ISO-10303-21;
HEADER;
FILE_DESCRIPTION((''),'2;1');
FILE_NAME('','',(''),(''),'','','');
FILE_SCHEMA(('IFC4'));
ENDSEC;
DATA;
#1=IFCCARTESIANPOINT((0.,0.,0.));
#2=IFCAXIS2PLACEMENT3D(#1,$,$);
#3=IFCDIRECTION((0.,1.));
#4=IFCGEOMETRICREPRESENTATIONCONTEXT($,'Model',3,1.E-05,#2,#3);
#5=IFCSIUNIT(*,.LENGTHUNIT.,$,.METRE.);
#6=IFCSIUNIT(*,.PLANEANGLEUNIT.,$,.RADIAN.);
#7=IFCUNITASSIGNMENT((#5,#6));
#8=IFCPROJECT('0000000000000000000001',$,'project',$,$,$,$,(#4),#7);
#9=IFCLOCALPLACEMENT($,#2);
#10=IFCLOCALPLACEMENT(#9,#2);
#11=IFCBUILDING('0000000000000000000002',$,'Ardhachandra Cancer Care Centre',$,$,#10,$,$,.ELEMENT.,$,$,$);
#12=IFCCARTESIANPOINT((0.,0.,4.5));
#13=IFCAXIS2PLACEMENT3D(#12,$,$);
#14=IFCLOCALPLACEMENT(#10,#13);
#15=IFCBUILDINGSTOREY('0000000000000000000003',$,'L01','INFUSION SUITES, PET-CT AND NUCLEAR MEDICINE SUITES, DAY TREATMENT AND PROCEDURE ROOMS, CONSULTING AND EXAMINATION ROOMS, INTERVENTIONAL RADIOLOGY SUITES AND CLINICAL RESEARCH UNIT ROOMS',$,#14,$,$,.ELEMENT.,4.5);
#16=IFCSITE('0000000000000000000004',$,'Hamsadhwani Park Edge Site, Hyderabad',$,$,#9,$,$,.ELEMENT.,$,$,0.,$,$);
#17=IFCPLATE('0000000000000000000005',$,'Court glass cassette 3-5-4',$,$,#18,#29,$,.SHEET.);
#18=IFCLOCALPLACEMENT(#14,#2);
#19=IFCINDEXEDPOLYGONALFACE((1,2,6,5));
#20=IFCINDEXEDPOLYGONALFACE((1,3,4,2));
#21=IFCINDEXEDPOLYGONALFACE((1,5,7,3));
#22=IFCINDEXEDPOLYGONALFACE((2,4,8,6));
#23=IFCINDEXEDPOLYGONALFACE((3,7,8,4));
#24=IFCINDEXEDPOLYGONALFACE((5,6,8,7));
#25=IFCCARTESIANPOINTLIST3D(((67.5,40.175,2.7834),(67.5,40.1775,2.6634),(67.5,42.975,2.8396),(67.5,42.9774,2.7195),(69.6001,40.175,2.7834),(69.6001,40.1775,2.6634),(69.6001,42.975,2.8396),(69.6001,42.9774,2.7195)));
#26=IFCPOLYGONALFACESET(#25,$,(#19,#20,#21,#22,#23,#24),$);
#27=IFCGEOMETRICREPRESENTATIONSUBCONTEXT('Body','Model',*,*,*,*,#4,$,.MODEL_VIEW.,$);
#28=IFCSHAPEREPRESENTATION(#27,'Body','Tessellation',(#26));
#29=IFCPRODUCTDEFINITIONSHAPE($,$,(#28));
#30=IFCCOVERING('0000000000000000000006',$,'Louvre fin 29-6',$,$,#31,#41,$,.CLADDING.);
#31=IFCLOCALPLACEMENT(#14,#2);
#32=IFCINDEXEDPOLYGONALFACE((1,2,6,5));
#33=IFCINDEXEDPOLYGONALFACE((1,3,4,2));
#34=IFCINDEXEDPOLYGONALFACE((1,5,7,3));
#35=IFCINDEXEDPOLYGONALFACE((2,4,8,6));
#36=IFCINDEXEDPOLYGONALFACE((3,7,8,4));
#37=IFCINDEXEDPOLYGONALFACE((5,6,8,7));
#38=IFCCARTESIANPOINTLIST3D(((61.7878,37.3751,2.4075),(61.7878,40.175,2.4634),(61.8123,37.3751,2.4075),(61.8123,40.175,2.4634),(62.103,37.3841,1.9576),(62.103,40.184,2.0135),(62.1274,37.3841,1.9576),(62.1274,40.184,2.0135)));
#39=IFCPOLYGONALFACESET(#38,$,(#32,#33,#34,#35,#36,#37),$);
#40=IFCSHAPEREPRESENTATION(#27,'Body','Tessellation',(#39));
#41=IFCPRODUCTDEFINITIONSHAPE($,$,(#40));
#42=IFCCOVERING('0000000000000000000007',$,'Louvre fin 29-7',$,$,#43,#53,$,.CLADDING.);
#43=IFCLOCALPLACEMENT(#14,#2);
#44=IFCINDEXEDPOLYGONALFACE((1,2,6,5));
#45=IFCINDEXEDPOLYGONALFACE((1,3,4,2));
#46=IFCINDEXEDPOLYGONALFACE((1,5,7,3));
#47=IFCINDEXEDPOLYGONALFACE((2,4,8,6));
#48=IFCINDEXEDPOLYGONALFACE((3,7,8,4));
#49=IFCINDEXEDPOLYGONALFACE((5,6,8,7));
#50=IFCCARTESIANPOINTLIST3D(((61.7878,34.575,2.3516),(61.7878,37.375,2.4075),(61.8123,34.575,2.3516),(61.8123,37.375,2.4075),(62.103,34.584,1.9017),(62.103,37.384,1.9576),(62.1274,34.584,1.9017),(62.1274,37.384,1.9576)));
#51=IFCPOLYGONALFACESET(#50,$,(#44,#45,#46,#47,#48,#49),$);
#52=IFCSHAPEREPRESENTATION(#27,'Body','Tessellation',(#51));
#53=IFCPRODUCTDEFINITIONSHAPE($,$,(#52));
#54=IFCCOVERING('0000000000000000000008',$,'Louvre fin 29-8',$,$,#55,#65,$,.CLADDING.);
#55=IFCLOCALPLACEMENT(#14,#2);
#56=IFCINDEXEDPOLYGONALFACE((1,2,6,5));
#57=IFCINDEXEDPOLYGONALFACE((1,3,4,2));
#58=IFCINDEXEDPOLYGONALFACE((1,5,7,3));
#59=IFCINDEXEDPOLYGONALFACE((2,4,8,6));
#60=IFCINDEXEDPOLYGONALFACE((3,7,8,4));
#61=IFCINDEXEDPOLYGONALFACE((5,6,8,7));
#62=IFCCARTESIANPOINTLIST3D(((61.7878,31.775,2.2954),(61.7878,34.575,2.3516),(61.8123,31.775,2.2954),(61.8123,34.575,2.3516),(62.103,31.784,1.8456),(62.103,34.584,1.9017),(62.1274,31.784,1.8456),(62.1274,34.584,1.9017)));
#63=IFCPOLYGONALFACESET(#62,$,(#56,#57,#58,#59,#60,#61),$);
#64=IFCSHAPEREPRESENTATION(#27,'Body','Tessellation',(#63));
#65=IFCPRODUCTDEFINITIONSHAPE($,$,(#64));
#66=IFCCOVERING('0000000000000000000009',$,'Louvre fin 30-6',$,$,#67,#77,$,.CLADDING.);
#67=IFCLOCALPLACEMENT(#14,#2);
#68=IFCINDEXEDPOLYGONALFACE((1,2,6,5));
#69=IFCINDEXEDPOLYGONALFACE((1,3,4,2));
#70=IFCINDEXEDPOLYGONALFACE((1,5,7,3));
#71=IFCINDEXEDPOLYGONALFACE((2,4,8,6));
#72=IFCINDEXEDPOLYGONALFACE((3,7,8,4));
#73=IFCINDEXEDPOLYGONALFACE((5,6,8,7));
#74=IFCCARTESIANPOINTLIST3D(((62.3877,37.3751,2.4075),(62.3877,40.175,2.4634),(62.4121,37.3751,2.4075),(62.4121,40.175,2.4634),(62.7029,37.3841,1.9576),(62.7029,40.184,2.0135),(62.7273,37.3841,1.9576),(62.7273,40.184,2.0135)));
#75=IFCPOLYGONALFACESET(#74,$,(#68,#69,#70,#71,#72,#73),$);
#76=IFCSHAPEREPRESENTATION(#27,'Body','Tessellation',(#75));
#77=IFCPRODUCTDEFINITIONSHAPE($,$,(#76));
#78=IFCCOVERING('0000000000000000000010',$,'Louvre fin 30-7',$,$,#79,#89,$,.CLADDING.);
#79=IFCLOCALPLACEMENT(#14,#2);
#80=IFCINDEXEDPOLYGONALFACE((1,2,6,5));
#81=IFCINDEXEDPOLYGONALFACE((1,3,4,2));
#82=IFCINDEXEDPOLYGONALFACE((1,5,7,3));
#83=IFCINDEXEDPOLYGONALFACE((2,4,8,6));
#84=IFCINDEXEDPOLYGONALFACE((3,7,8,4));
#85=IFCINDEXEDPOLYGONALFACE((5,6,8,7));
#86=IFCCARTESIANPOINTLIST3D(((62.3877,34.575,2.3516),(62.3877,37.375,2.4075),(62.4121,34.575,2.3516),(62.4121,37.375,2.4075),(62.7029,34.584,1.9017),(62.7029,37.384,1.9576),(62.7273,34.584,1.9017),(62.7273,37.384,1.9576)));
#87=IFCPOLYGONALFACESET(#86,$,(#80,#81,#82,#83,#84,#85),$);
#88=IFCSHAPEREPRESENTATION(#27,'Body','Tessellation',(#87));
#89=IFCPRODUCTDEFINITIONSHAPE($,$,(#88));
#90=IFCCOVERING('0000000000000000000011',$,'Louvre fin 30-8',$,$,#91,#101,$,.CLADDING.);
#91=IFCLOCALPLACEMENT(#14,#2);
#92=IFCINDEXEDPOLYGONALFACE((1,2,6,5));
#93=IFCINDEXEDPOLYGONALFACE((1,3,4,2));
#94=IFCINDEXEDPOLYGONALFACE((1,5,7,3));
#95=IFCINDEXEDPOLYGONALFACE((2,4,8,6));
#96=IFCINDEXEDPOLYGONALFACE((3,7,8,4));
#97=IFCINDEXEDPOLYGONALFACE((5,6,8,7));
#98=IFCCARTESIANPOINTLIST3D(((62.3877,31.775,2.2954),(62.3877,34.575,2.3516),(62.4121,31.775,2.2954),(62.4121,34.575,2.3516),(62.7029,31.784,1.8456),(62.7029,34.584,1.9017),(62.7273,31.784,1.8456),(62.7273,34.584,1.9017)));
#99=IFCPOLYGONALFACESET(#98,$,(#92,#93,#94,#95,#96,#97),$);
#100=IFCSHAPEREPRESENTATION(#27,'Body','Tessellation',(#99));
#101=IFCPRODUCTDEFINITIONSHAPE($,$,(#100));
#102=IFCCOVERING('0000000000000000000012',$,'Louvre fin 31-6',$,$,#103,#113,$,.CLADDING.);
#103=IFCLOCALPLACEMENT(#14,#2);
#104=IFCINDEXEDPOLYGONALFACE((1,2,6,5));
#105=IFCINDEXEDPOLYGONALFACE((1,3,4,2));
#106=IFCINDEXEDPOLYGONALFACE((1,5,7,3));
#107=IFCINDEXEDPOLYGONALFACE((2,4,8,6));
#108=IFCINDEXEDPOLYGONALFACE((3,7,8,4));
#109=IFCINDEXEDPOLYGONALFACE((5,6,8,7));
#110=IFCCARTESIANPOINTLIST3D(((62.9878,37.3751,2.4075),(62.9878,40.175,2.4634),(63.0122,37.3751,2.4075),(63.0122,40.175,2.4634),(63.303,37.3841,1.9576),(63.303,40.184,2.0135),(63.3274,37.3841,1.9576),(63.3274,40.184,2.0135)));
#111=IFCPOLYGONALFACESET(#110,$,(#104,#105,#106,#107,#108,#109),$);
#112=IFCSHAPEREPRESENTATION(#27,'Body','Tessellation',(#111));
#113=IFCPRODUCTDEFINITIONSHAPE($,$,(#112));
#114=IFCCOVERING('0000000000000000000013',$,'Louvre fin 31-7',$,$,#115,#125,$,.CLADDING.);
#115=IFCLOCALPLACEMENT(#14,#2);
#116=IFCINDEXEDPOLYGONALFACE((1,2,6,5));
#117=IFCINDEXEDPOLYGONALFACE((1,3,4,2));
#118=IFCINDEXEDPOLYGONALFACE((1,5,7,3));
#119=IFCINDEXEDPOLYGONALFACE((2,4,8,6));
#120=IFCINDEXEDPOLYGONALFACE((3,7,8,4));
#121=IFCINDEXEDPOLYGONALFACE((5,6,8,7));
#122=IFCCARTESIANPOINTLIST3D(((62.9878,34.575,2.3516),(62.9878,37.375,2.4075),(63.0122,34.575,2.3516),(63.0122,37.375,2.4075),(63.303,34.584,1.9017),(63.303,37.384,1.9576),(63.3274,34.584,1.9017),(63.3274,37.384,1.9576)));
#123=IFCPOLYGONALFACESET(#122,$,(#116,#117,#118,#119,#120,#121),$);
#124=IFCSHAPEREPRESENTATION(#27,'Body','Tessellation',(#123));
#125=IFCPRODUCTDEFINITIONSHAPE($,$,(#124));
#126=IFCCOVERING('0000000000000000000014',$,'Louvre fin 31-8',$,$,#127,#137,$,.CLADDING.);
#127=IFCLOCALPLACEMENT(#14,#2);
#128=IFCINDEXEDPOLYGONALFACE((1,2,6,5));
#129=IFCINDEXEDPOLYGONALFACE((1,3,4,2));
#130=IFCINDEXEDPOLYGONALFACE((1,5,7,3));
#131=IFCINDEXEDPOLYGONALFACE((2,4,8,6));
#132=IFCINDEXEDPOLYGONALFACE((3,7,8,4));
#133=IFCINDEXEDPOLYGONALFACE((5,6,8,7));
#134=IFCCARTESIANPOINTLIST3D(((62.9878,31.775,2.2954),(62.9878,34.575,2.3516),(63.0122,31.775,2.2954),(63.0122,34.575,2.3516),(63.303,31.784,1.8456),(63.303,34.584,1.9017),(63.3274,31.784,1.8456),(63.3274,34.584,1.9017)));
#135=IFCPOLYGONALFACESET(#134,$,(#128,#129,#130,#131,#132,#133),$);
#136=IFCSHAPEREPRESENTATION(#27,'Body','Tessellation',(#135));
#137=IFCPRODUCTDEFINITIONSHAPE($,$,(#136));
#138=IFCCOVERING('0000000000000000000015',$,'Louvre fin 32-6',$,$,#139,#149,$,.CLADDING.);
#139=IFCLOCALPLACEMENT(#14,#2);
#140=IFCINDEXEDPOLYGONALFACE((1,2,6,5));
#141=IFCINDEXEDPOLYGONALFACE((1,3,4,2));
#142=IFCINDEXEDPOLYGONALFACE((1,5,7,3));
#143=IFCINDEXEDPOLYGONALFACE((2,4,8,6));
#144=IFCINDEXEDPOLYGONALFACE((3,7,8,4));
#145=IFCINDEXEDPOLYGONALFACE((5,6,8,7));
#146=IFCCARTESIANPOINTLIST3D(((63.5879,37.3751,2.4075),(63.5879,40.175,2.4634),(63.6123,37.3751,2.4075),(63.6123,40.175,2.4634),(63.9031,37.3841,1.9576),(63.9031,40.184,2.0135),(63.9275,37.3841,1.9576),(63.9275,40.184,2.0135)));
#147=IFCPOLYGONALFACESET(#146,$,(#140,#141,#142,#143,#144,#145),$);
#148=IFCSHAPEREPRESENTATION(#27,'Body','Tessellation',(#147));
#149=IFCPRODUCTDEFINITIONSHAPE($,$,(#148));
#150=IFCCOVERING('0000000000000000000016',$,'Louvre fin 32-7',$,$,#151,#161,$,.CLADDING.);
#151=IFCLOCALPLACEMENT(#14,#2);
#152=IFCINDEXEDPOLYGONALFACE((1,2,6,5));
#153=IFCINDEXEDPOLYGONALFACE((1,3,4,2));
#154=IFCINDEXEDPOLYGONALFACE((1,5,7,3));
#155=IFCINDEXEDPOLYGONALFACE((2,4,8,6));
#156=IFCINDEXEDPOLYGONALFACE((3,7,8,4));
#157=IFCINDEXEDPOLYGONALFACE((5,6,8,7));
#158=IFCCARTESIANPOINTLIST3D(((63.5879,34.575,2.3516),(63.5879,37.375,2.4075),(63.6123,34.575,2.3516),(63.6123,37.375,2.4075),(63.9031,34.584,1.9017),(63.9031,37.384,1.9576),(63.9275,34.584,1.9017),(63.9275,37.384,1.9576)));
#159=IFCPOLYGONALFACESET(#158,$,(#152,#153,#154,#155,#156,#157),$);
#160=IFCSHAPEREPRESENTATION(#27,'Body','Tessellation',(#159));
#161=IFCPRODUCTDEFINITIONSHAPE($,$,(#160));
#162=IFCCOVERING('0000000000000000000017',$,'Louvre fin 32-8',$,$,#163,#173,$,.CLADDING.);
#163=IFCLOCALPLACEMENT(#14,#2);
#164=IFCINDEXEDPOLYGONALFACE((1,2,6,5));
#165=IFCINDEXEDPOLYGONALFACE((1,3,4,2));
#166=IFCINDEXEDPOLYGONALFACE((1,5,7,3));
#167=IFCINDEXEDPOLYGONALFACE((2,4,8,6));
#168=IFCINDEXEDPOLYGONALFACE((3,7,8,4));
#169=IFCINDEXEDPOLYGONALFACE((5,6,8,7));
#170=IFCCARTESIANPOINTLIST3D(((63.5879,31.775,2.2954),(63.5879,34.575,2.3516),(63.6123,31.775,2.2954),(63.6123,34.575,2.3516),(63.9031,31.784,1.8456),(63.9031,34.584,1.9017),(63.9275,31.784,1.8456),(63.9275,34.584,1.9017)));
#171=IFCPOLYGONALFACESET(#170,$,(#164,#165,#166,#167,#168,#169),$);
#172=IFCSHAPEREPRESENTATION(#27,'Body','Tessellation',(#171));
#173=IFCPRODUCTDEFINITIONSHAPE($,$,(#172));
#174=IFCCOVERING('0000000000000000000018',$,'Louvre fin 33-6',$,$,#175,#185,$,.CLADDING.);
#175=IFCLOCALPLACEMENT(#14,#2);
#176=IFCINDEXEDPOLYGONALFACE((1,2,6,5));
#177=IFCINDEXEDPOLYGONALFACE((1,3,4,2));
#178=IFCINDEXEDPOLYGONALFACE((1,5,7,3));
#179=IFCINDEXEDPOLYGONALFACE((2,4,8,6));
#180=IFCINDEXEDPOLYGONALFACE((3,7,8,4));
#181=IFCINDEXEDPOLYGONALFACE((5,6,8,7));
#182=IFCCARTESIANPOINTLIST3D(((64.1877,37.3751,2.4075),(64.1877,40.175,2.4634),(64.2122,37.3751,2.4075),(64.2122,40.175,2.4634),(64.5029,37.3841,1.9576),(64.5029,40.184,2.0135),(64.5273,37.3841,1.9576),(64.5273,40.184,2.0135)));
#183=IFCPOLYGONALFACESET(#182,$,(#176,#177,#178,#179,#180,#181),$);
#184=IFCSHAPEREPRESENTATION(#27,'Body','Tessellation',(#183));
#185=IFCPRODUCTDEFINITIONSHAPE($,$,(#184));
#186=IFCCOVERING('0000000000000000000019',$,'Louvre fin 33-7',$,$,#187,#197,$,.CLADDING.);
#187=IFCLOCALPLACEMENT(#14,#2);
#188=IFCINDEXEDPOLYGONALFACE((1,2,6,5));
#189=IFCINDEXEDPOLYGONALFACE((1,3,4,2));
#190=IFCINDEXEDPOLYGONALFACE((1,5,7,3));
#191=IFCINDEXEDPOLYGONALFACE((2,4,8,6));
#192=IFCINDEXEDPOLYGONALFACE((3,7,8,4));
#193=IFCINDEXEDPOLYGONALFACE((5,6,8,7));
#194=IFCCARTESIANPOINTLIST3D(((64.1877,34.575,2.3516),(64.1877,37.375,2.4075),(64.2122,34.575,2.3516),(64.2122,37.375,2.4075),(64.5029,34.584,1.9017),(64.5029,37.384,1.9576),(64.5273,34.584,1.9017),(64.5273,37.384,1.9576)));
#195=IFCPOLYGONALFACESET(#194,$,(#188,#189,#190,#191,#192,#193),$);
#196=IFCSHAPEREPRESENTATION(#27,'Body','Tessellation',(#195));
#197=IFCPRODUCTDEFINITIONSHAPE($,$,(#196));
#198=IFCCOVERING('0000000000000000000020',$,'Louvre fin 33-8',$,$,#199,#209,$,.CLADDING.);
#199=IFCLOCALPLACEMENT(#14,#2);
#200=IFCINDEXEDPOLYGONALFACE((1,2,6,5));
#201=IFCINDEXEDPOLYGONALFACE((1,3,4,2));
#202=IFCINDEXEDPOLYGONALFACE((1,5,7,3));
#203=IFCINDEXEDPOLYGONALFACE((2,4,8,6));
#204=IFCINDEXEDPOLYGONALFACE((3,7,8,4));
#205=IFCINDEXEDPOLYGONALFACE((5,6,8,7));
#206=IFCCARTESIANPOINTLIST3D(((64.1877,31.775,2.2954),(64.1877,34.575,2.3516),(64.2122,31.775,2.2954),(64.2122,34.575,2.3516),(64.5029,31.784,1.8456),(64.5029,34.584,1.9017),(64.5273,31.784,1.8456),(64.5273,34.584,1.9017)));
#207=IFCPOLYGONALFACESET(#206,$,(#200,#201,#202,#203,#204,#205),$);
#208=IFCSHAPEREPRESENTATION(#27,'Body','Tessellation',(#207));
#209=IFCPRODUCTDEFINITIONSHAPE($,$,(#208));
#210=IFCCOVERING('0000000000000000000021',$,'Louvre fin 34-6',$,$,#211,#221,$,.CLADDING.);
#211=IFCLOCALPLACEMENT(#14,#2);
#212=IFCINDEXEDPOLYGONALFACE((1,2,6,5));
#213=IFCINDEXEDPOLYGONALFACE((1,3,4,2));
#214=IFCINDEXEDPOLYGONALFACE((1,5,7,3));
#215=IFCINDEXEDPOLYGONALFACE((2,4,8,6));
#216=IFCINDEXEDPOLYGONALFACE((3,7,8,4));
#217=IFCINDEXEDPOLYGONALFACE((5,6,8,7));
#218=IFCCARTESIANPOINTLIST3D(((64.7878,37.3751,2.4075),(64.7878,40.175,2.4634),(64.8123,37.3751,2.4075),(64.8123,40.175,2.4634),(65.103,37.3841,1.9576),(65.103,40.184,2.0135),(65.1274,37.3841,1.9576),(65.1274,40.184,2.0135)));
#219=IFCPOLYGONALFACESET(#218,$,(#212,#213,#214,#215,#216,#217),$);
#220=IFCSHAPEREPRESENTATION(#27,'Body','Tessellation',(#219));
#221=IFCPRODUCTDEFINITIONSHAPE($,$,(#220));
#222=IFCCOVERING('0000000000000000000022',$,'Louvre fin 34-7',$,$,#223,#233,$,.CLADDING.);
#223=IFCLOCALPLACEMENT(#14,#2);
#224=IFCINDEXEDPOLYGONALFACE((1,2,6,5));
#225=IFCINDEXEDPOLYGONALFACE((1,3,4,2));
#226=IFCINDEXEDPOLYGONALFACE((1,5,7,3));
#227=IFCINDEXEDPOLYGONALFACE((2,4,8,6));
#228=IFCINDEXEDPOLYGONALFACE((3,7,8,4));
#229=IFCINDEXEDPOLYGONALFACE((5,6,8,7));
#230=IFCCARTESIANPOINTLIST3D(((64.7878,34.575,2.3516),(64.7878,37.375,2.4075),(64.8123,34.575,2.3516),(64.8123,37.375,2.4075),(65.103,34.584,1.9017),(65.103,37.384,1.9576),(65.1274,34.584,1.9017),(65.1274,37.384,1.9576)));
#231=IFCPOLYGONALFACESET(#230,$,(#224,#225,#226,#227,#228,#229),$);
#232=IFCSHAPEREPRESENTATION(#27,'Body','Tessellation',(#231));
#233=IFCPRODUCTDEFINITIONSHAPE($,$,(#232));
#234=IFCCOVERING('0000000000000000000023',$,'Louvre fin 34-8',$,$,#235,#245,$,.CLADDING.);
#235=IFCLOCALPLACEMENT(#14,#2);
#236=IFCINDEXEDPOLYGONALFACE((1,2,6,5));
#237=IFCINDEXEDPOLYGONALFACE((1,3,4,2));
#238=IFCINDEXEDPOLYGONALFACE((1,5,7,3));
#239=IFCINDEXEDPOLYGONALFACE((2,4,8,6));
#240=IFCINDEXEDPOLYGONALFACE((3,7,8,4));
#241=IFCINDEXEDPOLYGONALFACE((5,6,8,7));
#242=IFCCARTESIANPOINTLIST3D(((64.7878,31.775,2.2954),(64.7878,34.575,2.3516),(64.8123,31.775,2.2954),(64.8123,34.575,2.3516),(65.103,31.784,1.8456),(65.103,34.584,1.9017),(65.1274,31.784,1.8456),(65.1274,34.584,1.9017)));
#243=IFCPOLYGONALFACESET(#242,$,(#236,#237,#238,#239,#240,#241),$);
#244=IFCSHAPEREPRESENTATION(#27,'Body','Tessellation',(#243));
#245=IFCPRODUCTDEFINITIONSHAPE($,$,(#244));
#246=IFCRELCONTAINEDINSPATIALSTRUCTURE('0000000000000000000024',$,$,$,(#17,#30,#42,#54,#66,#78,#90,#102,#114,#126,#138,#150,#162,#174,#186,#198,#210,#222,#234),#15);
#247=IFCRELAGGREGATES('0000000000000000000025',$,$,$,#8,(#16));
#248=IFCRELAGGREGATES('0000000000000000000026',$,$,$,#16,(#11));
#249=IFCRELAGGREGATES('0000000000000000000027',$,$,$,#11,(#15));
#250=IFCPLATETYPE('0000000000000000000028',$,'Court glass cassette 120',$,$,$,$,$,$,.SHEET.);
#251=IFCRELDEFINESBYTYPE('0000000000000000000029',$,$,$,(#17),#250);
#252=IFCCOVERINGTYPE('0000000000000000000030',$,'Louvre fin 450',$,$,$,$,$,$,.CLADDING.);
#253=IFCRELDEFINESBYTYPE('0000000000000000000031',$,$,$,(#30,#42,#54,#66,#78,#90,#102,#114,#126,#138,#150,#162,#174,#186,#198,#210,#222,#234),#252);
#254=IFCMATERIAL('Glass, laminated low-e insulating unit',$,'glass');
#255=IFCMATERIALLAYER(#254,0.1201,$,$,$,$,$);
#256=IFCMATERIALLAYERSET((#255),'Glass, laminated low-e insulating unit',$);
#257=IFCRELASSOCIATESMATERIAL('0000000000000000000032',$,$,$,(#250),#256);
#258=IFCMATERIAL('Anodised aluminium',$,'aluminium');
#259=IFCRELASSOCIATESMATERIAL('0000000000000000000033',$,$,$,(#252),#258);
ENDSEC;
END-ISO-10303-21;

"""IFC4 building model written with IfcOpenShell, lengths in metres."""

from ifc_helpers import new_model, si_unit, direction, frame, origin, place, context, subcontext, project, spatial, polyline, outline, extrude, material, layer, layer_set, material_profile, profile_set, type_object, element, save


model = new_model("IFC4")

# Units and contexts
model_context = context("Model", 3, precision=1e-05, world=origin(), true_north=direction((0.0, 1.0)))
body_context = subcontext(model_context, "Body", "Model", "MODEL_VIEW")
ifc_project = project(units=[si_unit("LENGTHUNIT", "METRE"), si_unit("PLANEANGLEUNIT", "RADIAN")], contexts=[model_context])

# Site, building, storey
site_placement = place(None, origin())
site = spatial("IfcSite", under=ifc_project, at=site_placement, Name="Hamsadhwani Park Edge Site, Hyderabad", CompositionType="ELEMENT", RefElevation=0.0)
building_placement = place(site_placement, origin())
building = spatial("IfcBuilding", under=site, at=building_placement, Name="Ardhachandra Cancer Care Centre", CompositionType="ELEMENT")
storey_placement = place(building_placement, frame((0.0, 0.0, 4.5)))
storey = spatial("IfcBuildingStorey", under=building, at=storey_placement, Name="L01", Description="INFUSION SUITES, PET-CT AND NUCLEAR MEDICINE SUITES, DAY TREATMENT AND PROCEDURE ROOMS, CONSULTING AND EXAMINATION ROOMS, INTERVENTIONAL RADIOLOGY SUITES AND CLINICAL RESEARCH UNIT ROOMS", CompositionType="ELEMENT", Elevation=4.5)

# Plate
ifc_material_1 = material(Name="Glass, laminated low-e insulating unit", Category="glass")
ifc_layer = layer(ifc_material_1, 0.1201)
ifc_layer_set = layer_set([ifc_layer], Name="Glass, laminated low-e insulating unit")
plate_type = type_object("IfcPlateType", Name="Court glass cassette 120", PredefinedType="SHEET", material=ifc_layer_set)
plate_placement = place(storey_placement, frame((67.5, 40.175, 2.7834), z_axis=(0.0, -0.02005, 0.999799), x_axis=(0.0, 0.999799, 0.02005)))
element("IfcPlate", 1, at=plate_placement, inside=storey, type_object=plate_type, Name="Court glass cassette 3-5-4", PredefinedType="SHEET", context=body_context, shape_type="SweptSolid", body=[
    extrude(outline(polyline([(0.0, -2.1001), (2.8005, -2.1001), (2.8005, 0.0), (0.0, 0.0), (0.0, -2.1001)])), frame((0.0, 0.0, -0.1201)), (0.0, 0.0, 1.0), 0.1201),
])

# Coverings
ifc_material_2 = material(Name="Anodised aluminium", Category="aluminium")
ifc_material_profile = material_profile(ifc_material_2, outline(polyline([(-0.0122, 0.0), (0.0122, 0.0), (0.3274, -0.45), (0.303, -0.45), (-0.0122, 0.0)])), Name="Louvre fin 450")
ifc_profile_set = profile_set([ifc_material_profile], Name="Anodised aluminium")
covering_type = type_object("IfcCoveringType", Name="Louvre fin 450", PredefinedType="CLADDING", material=ifc_profile_set)
for number, where, z_axis, x_axis, name in (
    (2, (61.8, 40.175, 2.4634), (0.0, -0.999801, -0.019963), (1.0, 0.0, 0.0), "Louvre fin 29-6"),
    (3, (61.8, 37.375, 2.4075), (0.0, -0.999801, -0.019963), (1.0, 0.0, 0.0), "Louvre fin 29-7"),
    (4, (61.8, 34.575, 2.3516), (0.0, -0.999799, -0.02005), (1.0, 0.0, 0.0), "Louvre fin 29-8"),
    (5, (62.3999, 40.175, 2.4634), (0.0, -0.999801, -0.019963), (1.0, 0.0, 0.0), "Louvre fin 30-6"),
    (6, (62.3999, 37.375, 2.4075), (0.0, -0.999801, -0.019963), (1.0, 0.0, 0.0), "Louvre fin 30-7"),
    (7, (62.3999, 34.575, 2.3516), (0.0, -0.999799, -0.02005), (1.0, 0.0, 0.0), "Louvre fin 30-8"),
    (8, (63.0, 40.175, 2.4634), (0.0, -0.999801, -0.019963), (1.0, 0.0, 0.0), "Louvre fin 31-6"),
    (9, (63.0, 37.375, 2.4075), (0.0, -0.999801, -0.019963), (1.0, 0.0, 0.0), "Louvre fin 31-7"),
    (10, (63.0, 34.575, 2.3516), (0.0, -0.999799, -0.02005), (1.0, 0.0, 0.0), "Louvre fin 31-8"),
    (11, (63.6001, 40.175, 2.4634), (0.0, -0.999801, -0.019963), (1.0, 0.0, 0.0), "Louvre fin 32-6"),
    (12, (63.6001, 37.375, 2.4075), (0.0, -0.999801, -0.019963), (1.0, 0.0, 0.0), "Louvre fin 32-7"),
    (13, (63.6001, 34.575, 2.3516), (0.0, -0.999799, -0.02005), (1.0, 0.0, 0.0), "Louvre fin 32-8"),
    (14, (64.2, 40.175, 2.4634), (0.0, -0.999801, -0.019963), (1.0, 0.0, 0.0), "Louvre fin 33-6"),
    (15, (64.2, 37.375, 2.4075), (0.0, -0.999801, -0.019963), (1.0, 0.0, 0.0), "Louvre fin 33-7"),
    (16, (64.2, 34.575, 2.3516), (0.0, -0.999799, -0.02005), (1.0, 0.0, 0.0), "Louvre fin 33-8"),
    (17, (64.8, 40.175, 2.4634), (0.0, -0.999801, -0.019963), (1.0, 0.0, 0.0), "Louvre fin 34-6"),
    (18, (64.8, 37.375, 2.4075), (0.0, -0.999801, -0.019963), (1.0, 0.0, 0.0), "Louvre fin 34-7"),
    (19, (64.8, 34.575, 2.3516), (0.0, -0.999799, -0.02005), (1.0, 0.0, 0.0), "Louvre fin 34-8"),
):
    element("IfcCovering", number, at=place(storey_placement, frame(where, z_axis=z_axis, x_axis=x_axis)), inside=storey, type_object=covering_type, Name=name, PredefinedType="CLADDING", context=body_context, shape_type="SweptSolid", body=[
        extrude(outline(polyline([(-0.0122, 0.0), (0.0122, 0.0), (0.3274, -0.45), (0.303, -0.45), (-0.0122, 0.0)])), origin(), (0.0, 0.0, 1.0), 2.8005),
    ])

save(model, "model.ifc")
